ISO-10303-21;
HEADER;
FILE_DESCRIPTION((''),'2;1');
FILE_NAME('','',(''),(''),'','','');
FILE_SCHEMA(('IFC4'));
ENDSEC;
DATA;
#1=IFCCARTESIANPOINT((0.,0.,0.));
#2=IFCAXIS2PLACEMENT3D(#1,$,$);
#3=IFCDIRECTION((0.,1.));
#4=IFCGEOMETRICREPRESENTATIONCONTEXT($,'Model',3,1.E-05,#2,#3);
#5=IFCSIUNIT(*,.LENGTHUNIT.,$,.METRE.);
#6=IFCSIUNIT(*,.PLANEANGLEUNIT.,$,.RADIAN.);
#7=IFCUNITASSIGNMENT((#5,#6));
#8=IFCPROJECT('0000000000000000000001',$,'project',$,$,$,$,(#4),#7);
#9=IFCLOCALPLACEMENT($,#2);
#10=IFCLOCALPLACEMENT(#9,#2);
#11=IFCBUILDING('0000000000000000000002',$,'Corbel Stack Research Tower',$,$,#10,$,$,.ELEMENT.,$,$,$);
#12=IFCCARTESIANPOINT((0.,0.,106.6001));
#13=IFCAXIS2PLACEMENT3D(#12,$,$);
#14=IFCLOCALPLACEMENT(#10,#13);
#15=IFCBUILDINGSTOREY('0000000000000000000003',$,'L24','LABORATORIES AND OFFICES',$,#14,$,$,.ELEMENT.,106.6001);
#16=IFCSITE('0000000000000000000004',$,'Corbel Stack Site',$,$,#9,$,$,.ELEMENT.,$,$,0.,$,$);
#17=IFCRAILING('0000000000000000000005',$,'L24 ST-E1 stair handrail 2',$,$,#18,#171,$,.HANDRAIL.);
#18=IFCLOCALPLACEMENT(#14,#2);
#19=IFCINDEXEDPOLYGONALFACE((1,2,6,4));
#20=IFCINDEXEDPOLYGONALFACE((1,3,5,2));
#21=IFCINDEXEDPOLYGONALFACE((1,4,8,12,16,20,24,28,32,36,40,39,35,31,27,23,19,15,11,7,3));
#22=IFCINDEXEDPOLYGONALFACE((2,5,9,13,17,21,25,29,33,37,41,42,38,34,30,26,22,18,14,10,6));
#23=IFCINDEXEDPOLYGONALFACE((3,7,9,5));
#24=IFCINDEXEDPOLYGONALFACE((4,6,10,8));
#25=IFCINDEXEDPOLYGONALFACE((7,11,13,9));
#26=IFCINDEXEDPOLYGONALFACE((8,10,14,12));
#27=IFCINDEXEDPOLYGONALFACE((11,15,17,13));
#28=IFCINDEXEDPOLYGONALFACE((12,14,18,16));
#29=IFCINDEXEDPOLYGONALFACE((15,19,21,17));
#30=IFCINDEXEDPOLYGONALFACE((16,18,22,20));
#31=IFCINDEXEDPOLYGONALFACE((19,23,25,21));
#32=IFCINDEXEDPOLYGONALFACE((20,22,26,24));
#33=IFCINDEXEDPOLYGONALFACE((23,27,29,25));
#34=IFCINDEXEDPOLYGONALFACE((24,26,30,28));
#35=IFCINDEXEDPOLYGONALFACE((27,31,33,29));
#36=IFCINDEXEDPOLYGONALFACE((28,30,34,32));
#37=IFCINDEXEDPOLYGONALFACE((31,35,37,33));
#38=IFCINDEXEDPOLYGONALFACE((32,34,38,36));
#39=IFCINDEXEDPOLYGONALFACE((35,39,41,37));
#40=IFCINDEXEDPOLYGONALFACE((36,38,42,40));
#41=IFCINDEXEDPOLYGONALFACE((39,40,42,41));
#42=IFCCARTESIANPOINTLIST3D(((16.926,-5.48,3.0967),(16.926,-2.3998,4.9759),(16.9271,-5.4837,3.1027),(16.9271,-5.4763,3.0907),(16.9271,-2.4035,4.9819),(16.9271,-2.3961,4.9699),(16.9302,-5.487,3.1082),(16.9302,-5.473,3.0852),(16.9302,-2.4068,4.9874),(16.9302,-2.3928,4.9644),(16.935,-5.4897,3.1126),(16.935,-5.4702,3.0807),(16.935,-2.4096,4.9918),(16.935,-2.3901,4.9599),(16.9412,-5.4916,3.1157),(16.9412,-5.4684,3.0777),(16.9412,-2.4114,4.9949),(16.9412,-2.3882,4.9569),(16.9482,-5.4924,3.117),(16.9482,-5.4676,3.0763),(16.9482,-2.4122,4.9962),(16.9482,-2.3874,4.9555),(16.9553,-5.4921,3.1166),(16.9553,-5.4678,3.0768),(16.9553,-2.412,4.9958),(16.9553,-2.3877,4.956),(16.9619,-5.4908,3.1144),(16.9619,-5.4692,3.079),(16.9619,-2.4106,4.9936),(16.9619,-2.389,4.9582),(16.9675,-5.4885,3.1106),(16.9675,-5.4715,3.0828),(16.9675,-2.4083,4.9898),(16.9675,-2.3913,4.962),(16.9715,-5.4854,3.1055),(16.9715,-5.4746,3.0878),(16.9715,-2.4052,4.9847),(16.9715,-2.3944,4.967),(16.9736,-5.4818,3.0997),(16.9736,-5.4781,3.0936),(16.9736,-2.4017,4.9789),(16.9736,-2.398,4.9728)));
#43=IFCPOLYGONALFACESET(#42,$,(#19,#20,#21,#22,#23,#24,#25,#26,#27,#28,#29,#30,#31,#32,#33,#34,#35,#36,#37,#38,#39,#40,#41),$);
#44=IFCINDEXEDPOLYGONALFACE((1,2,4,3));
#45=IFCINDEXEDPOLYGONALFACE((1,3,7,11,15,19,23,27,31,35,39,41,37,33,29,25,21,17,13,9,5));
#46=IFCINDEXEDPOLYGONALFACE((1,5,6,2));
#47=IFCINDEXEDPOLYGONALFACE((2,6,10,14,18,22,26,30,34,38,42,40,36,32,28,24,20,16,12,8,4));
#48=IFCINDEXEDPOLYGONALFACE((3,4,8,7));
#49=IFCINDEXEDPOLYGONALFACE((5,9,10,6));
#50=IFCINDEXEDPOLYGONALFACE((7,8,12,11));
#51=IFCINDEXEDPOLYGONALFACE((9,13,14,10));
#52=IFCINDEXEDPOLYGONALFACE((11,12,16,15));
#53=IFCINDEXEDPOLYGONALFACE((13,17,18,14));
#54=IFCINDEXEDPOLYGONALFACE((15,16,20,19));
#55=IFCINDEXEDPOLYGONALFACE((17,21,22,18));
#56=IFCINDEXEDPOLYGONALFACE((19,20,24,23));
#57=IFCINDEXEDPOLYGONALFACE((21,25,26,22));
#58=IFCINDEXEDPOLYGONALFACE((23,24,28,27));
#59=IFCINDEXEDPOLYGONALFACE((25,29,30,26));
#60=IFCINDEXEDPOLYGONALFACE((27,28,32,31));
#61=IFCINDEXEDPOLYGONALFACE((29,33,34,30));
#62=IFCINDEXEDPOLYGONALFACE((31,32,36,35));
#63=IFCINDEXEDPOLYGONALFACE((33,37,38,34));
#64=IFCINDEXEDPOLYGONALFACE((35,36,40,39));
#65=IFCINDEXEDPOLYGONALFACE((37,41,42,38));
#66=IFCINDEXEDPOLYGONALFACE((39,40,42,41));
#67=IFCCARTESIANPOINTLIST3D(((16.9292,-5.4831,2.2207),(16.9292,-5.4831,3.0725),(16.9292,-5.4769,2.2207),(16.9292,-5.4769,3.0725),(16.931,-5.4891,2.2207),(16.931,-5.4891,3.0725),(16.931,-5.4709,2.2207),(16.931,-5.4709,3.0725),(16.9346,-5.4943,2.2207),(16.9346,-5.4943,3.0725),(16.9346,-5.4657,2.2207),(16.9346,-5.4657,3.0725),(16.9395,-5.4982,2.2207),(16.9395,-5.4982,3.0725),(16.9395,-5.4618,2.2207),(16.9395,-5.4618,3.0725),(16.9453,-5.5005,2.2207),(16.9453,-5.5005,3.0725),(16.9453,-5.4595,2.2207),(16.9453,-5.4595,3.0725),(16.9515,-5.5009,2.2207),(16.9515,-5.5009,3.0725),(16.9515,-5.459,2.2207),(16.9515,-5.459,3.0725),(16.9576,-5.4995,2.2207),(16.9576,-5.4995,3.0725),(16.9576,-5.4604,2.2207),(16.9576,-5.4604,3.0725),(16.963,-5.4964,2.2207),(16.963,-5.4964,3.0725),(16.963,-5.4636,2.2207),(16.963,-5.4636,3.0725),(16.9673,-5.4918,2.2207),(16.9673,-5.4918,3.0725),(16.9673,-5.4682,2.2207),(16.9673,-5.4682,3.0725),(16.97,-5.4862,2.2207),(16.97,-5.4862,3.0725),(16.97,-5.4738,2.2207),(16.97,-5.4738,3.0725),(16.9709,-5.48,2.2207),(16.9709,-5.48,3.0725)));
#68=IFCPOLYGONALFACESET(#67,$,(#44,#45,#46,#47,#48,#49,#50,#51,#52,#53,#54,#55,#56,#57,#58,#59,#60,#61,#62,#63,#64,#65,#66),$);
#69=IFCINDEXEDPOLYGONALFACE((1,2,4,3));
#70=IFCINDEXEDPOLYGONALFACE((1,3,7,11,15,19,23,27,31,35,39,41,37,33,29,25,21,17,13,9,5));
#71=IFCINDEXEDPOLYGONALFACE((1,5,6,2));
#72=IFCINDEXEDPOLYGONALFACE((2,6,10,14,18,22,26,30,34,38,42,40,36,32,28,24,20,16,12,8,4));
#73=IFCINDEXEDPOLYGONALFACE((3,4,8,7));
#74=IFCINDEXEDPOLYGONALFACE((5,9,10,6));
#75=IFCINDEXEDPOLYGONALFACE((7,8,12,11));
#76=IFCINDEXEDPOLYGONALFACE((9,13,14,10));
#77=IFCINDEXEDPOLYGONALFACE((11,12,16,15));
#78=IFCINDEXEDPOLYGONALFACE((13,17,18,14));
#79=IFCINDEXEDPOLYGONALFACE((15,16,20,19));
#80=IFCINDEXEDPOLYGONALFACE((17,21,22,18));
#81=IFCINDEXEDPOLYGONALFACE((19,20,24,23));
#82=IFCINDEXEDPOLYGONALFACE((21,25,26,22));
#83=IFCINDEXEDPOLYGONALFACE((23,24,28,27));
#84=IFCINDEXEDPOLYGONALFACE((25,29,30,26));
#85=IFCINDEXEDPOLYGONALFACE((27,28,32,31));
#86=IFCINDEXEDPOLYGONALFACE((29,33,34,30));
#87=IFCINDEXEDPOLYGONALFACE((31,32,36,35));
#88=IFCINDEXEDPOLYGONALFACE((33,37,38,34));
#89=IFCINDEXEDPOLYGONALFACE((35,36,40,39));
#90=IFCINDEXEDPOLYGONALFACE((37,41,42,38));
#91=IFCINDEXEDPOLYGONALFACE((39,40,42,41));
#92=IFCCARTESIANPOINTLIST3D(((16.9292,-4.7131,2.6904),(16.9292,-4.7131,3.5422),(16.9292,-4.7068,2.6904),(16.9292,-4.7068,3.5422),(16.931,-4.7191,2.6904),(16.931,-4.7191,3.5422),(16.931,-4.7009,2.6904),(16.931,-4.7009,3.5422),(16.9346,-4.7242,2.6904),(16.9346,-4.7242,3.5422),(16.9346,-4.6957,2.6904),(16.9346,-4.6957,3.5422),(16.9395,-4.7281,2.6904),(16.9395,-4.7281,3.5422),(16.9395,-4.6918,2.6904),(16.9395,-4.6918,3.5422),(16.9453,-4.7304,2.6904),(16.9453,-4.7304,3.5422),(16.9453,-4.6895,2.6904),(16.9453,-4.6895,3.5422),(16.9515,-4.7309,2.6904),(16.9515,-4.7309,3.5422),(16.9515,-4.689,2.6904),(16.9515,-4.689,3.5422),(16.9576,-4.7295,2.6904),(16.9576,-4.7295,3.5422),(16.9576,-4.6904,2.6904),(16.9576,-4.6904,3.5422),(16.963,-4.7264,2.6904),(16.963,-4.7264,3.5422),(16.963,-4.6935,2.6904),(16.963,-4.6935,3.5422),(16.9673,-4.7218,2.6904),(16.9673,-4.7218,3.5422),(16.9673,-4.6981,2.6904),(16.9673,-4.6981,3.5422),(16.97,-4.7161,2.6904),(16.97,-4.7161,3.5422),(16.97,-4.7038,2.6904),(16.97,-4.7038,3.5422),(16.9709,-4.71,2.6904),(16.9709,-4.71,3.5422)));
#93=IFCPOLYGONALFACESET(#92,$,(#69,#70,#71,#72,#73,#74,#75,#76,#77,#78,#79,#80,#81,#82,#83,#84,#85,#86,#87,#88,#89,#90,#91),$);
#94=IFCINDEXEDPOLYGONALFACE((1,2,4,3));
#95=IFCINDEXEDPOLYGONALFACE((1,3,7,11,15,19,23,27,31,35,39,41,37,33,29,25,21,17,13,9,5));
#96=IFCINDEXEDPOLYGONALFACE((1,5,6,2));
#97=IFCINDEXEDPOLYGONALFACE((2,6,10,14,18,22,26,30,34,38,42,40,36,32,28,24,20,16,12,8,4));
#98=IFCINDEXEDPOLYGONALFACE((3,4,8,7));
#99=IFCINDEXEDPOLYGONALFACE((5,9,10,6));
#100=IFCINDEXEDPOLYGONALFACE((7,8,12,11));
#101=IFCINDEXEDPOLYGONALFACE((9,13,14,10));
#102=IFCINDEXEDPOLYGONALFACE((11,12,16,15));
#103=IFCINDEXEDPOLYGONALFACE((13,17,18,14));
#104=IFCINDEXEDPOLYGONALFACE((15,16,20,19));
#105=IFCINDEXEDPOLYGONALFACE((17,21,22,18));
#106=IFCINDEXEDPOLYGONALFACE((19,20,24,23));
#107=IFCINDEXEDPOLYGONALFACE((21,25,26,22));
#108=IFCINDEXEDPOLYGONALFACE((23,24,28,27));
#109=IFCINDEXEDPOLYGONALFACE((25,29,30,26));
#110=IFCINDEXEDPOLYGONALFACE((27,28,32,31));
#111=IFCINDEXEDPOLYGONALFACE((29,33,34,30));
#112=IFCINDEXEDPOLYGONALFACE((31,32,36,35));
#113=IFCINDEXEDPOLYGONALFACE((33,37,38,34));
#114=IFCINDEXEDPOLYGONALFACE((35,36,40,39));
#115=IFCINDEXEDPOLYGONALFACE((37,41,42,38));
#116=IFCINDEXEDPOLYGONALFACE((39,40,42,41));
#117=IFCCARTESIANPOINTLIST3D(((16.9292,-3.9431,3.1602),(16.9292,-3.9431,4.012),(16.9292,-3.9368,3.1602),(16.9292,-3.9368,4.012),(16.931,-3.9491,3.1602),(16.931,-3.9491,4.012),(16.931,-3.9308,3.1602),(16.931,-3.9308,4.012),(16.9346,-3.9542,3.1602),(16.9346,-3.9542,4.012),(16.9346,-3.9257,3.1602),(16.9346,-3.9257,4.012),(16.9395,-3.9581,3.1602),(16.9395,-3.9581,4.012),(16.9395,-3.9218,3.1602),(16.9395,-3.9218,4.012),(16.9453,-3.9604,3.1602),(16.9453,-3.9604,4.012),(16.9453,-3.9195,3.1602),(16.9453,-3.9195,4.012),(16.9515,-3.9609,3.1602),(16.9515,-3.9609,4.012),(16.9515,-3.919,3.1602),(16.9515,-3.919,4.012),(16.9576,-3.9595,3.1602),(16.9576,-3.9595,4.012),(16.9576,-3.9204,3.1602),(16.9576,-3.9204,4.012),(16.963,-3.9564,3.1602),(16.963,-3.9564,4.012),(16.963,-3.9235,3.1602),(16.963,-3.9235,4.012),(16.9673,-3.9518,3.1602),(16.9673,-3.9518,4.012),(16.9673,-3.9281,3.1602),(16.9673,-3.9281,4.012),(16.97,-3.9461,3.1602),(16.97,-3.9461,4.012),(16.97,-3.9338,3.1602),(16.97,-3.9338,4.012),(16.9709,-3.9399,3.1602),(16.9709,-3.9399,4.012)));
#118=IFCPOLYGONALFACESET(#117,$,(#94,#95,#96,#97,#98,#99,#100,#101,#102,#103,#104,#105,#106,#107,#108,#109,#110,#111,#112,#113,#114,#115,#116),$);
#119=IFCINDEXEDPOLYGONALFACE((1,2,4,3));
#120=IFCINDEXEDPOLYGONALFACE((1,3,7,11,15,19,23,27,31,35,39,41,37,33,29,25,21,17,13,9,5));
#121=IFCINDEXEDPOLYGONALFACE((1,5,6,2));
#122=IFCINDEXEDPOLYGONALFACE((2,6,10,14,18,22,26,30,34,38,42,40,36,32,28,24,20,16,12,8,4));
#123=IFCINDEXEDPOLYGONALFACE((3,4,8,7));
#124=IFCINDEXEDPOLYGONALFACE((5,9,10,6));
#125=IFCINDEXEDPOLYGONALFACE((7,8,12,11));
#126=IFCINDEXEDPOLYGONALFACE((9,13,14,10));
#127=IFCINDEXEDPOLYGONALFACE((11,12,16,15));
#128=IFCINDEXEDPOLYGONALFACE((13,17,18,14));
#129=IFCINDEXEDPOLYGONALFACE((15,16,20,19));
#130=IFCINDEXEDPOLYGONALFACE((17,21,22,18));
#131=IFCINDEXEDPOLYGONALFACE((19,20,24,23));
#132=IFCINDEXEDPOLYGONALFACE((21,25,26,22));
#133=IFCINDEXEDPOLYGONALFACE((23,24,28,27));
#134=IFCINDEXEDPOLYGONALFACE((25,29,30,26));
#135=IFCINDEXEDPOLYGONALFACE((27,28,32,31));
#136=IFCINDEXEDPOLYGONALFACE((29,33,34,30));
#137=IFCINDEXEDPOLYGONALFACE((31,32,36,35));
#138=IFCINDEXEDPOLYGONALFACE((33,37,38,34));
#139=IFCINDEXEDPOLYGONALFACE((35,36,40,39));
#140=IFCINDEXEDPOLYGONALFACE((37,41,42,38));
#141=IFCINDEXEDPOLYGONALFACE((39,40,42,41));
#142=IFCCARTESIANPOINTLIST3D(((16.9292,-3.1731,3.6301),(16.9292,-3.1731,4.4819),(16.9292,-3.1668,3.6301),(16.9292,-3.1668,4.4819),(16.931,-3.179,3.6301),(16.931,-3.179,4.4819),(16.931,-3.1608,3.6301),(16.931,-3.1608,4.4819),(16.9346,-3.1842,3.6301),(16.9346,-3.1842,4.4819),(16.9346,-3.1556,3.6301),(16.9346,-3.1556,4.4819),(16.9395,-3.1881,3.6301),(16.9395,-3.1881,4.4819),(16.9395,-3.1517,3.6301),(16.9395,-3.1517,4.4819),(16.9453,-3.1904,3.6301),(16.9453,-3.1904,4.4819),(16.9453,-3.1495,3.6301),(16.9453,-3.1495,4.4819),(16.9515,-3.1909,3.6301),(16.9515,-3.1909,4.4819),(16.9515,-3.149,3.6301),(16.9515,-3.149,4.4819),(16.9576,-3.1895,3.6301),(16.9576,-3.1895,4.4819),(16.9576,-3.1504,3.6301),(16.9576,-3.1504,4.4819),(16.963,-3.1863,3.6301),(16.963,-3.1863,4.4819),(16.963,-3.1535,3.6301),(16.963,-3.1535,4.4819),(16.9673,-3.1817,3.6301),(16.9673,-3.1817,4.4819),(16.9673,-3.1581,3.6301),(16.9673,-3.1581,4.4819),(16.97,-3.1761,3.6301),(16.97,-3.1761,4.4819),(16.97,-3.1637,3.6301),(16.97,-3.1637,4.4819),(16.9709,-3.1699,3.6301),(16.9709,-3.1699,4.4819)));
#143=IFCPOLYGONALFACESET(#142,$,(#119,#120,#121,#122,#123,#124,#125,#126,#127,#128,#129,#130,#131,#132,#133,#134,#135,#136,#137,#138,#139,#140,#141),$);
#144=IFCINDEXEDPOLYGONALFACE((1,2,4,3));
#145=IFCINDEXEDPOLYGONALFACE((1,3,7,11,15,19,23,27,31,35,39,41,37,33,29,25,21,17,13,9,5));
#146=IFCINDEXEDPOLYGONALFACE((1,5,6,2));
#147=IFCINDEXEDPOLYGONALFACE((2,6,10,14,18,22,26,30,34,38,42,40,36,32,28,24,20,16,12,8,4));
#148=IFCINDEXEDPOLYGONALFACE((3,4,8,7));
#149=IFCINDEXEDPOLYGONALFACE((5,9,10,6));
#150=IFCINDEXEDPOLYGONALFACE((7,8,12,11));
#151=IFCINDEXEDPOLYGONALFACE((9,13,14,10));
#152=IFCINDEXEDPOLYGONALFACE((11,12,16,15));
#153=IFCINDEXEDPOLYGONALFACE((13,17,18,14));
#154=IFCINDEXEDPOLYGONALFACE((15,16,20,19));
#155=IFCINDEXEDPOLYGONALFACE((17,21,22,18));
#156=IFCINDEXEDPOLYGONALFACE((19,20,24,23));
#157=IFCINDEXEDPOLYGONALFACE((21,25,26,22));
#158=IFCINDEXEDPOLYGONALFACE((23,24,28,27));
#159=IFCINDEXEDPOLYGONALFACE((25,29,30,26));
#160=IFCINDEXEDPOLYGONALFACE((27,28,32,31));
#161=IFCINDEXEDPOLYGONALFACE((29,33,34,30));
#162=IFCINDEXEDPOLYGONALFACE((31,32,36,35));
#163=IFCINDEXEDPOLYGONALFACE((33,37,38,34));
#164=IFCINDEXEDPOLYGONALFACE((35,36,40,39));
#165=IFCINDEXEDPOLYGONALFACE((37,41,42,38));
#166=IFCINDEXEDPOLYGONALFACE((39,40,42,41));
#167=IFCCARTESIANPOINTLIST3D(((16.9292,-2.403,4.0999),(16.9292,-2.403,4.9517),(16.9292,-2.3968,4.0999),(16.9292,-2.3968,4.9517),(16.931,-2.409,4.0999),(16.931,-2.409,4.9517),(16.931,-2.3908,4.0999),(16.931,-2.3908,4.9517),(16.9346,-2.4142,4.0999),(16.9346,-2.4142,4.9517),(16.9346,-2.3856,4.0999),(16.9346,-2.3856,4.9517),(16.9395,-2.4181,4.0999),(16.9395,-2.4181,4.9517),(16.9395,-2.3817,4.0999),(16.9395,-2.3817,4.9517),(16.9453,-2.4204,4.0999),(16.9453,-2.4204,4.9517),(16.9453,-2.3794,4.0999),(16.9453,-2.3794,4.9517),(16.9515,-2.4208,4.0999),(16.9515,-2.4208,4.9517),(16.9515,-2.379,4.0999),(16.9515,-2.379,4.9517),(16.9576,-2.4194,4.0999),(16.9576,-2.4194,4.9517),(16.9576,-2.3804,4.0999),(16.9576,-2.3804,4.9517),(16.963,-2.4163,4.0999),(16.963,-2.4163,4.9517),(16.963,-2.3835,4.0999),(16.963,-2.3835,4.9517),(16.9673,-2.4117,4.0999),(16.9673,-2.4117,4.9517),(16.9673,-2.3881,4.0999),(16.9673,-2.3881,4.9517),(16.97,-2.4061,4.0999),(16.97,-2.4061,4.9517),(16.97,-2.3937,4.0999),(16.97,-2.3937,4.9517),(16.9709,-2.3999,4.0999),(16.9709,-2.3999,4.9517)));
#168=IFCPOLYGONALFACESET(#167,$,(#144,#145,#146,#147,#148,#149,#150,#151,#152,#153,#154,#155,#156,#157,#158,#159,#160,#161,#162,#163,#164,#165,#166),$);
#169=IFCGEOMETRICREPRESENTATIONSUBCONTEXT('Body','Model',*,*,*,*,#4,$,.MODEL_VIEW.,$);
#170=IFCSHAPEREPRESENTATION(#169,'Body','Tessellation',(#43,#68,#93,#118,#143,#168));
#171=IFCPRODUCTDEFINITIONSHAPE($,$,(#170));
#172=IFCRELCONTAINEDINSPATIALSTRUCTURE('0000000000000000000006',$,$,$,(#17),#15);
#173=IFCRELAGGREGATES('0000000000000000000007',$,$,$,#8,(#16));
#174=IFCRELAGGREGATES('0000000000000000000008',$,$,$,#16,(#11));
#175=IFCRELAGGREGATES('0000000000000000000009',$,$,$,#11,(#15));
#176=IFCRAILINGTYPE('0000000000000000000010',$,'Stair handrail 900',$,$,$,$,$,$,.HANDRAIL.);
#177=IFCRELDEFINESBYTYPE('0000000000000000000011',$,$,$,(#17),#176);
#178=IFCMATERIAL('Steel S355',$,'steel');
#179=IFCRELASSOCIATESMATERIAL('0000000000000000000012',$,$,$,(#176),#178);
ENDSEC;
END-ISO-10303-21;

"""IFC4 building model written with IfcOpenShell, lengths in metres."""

from ifc_helpers import new_model, si_unit, direction, frame, origin, origin_2d, place, context, subcontext, project, spatial, circle, extrude, material, type_object, element, save


model = new_model("IFC4")

# Units and contexts
model_context = context("Model", 3, precision=1e-05, world=origin(), true_north=direction((0.0, 1.0)))
body_context = subcontext(model_context, "Body", "Model", "MODEL_VIEW")
ifc_project = project(units=[si_unit("LENGTHUNIT", "METRE"), si_unit("PLANEANGLEUNIT", "RADIAN")], contexts=[model_context])

# Site, building, storey
site_placement = place(None, origin())
site = spatial("IfcSite", under=ifc_project, at=site_placement, Name="Corbel Stack Site", CompositionType="ELEMENT", RefElevation=0.0)
building_placement = place(site_placement, origin())
building = spatial("IfcBuilding", under=site, at=building_placement, Name="Corbel Stack Research Tower", CompositionType="ELEMENT")
storey_placement = place(building_placement, frame((0.0, 0.0, 106.6001)))
storey = spatial("IfcBuildingStorey", under=building, at=storey_placement, Name="L24", Description="LABORATORIES AND OFFICES", CompositionType="ELEMENT", Elevation=106.6001)

# Railing
ifc_material_1 = material(Name="Steel S355", Category="steel")
railing_type_1 = type_object("IfcRailingType", Name="Stair handrail 900", PredefinedType="HANDRAIL", material=ifc_material_1)
railing_1_placement = place(storey_placement, frame((16.95, -5.48, 2.2207)))
element("IfcRailing", 1, at=railing_1_placement, inside=storey, type_object=railing_type_1, Name="L24 ST-E1 stair handrail 2", PredefinedType="HANDRAIL", context=body_context, shape_type="SweptSolid", body=[
    extrude(circle(Radius=0.0239, at=origin_2d()), frame((0.0, 0.0, 0.876), z_axis=(0.0, 0.853666, 0.52082), x_axis=(-1.0, 0.0, 0.0)), (0.0, 0.0, 1.0), 3.6082),
    extrude(circle(Radius=0.021, at=origin_2d()), origin(), (0.0, 0.0, 1.0), 0.8518),
    extrude(circle(Radius=0.021, at=origin_2d()), frame((0.0, 0.77, 0.4697)), (0.0, 0.0, 1.0), 0.8518),
    extrude(circle(Radius=0.021, at=origin_2d()), frame((0.0, 1.54, 0.9395)), (0.0, 0.0, 1.0), 0.8518),
    extrude(circle(Radius=0.021, at=origin_2d()), frame((0.0, 2.3101, 1.4094)), (0.0, 0.0, 1.0), 0.8518),
    extrude(circle(Radius=0.021, at=origin_2d()), frame((0.0, 3.0801, 1.8792)), (0.0, 0.0, 1.0), 0.8518),
])

save(model, "model.ifc")
